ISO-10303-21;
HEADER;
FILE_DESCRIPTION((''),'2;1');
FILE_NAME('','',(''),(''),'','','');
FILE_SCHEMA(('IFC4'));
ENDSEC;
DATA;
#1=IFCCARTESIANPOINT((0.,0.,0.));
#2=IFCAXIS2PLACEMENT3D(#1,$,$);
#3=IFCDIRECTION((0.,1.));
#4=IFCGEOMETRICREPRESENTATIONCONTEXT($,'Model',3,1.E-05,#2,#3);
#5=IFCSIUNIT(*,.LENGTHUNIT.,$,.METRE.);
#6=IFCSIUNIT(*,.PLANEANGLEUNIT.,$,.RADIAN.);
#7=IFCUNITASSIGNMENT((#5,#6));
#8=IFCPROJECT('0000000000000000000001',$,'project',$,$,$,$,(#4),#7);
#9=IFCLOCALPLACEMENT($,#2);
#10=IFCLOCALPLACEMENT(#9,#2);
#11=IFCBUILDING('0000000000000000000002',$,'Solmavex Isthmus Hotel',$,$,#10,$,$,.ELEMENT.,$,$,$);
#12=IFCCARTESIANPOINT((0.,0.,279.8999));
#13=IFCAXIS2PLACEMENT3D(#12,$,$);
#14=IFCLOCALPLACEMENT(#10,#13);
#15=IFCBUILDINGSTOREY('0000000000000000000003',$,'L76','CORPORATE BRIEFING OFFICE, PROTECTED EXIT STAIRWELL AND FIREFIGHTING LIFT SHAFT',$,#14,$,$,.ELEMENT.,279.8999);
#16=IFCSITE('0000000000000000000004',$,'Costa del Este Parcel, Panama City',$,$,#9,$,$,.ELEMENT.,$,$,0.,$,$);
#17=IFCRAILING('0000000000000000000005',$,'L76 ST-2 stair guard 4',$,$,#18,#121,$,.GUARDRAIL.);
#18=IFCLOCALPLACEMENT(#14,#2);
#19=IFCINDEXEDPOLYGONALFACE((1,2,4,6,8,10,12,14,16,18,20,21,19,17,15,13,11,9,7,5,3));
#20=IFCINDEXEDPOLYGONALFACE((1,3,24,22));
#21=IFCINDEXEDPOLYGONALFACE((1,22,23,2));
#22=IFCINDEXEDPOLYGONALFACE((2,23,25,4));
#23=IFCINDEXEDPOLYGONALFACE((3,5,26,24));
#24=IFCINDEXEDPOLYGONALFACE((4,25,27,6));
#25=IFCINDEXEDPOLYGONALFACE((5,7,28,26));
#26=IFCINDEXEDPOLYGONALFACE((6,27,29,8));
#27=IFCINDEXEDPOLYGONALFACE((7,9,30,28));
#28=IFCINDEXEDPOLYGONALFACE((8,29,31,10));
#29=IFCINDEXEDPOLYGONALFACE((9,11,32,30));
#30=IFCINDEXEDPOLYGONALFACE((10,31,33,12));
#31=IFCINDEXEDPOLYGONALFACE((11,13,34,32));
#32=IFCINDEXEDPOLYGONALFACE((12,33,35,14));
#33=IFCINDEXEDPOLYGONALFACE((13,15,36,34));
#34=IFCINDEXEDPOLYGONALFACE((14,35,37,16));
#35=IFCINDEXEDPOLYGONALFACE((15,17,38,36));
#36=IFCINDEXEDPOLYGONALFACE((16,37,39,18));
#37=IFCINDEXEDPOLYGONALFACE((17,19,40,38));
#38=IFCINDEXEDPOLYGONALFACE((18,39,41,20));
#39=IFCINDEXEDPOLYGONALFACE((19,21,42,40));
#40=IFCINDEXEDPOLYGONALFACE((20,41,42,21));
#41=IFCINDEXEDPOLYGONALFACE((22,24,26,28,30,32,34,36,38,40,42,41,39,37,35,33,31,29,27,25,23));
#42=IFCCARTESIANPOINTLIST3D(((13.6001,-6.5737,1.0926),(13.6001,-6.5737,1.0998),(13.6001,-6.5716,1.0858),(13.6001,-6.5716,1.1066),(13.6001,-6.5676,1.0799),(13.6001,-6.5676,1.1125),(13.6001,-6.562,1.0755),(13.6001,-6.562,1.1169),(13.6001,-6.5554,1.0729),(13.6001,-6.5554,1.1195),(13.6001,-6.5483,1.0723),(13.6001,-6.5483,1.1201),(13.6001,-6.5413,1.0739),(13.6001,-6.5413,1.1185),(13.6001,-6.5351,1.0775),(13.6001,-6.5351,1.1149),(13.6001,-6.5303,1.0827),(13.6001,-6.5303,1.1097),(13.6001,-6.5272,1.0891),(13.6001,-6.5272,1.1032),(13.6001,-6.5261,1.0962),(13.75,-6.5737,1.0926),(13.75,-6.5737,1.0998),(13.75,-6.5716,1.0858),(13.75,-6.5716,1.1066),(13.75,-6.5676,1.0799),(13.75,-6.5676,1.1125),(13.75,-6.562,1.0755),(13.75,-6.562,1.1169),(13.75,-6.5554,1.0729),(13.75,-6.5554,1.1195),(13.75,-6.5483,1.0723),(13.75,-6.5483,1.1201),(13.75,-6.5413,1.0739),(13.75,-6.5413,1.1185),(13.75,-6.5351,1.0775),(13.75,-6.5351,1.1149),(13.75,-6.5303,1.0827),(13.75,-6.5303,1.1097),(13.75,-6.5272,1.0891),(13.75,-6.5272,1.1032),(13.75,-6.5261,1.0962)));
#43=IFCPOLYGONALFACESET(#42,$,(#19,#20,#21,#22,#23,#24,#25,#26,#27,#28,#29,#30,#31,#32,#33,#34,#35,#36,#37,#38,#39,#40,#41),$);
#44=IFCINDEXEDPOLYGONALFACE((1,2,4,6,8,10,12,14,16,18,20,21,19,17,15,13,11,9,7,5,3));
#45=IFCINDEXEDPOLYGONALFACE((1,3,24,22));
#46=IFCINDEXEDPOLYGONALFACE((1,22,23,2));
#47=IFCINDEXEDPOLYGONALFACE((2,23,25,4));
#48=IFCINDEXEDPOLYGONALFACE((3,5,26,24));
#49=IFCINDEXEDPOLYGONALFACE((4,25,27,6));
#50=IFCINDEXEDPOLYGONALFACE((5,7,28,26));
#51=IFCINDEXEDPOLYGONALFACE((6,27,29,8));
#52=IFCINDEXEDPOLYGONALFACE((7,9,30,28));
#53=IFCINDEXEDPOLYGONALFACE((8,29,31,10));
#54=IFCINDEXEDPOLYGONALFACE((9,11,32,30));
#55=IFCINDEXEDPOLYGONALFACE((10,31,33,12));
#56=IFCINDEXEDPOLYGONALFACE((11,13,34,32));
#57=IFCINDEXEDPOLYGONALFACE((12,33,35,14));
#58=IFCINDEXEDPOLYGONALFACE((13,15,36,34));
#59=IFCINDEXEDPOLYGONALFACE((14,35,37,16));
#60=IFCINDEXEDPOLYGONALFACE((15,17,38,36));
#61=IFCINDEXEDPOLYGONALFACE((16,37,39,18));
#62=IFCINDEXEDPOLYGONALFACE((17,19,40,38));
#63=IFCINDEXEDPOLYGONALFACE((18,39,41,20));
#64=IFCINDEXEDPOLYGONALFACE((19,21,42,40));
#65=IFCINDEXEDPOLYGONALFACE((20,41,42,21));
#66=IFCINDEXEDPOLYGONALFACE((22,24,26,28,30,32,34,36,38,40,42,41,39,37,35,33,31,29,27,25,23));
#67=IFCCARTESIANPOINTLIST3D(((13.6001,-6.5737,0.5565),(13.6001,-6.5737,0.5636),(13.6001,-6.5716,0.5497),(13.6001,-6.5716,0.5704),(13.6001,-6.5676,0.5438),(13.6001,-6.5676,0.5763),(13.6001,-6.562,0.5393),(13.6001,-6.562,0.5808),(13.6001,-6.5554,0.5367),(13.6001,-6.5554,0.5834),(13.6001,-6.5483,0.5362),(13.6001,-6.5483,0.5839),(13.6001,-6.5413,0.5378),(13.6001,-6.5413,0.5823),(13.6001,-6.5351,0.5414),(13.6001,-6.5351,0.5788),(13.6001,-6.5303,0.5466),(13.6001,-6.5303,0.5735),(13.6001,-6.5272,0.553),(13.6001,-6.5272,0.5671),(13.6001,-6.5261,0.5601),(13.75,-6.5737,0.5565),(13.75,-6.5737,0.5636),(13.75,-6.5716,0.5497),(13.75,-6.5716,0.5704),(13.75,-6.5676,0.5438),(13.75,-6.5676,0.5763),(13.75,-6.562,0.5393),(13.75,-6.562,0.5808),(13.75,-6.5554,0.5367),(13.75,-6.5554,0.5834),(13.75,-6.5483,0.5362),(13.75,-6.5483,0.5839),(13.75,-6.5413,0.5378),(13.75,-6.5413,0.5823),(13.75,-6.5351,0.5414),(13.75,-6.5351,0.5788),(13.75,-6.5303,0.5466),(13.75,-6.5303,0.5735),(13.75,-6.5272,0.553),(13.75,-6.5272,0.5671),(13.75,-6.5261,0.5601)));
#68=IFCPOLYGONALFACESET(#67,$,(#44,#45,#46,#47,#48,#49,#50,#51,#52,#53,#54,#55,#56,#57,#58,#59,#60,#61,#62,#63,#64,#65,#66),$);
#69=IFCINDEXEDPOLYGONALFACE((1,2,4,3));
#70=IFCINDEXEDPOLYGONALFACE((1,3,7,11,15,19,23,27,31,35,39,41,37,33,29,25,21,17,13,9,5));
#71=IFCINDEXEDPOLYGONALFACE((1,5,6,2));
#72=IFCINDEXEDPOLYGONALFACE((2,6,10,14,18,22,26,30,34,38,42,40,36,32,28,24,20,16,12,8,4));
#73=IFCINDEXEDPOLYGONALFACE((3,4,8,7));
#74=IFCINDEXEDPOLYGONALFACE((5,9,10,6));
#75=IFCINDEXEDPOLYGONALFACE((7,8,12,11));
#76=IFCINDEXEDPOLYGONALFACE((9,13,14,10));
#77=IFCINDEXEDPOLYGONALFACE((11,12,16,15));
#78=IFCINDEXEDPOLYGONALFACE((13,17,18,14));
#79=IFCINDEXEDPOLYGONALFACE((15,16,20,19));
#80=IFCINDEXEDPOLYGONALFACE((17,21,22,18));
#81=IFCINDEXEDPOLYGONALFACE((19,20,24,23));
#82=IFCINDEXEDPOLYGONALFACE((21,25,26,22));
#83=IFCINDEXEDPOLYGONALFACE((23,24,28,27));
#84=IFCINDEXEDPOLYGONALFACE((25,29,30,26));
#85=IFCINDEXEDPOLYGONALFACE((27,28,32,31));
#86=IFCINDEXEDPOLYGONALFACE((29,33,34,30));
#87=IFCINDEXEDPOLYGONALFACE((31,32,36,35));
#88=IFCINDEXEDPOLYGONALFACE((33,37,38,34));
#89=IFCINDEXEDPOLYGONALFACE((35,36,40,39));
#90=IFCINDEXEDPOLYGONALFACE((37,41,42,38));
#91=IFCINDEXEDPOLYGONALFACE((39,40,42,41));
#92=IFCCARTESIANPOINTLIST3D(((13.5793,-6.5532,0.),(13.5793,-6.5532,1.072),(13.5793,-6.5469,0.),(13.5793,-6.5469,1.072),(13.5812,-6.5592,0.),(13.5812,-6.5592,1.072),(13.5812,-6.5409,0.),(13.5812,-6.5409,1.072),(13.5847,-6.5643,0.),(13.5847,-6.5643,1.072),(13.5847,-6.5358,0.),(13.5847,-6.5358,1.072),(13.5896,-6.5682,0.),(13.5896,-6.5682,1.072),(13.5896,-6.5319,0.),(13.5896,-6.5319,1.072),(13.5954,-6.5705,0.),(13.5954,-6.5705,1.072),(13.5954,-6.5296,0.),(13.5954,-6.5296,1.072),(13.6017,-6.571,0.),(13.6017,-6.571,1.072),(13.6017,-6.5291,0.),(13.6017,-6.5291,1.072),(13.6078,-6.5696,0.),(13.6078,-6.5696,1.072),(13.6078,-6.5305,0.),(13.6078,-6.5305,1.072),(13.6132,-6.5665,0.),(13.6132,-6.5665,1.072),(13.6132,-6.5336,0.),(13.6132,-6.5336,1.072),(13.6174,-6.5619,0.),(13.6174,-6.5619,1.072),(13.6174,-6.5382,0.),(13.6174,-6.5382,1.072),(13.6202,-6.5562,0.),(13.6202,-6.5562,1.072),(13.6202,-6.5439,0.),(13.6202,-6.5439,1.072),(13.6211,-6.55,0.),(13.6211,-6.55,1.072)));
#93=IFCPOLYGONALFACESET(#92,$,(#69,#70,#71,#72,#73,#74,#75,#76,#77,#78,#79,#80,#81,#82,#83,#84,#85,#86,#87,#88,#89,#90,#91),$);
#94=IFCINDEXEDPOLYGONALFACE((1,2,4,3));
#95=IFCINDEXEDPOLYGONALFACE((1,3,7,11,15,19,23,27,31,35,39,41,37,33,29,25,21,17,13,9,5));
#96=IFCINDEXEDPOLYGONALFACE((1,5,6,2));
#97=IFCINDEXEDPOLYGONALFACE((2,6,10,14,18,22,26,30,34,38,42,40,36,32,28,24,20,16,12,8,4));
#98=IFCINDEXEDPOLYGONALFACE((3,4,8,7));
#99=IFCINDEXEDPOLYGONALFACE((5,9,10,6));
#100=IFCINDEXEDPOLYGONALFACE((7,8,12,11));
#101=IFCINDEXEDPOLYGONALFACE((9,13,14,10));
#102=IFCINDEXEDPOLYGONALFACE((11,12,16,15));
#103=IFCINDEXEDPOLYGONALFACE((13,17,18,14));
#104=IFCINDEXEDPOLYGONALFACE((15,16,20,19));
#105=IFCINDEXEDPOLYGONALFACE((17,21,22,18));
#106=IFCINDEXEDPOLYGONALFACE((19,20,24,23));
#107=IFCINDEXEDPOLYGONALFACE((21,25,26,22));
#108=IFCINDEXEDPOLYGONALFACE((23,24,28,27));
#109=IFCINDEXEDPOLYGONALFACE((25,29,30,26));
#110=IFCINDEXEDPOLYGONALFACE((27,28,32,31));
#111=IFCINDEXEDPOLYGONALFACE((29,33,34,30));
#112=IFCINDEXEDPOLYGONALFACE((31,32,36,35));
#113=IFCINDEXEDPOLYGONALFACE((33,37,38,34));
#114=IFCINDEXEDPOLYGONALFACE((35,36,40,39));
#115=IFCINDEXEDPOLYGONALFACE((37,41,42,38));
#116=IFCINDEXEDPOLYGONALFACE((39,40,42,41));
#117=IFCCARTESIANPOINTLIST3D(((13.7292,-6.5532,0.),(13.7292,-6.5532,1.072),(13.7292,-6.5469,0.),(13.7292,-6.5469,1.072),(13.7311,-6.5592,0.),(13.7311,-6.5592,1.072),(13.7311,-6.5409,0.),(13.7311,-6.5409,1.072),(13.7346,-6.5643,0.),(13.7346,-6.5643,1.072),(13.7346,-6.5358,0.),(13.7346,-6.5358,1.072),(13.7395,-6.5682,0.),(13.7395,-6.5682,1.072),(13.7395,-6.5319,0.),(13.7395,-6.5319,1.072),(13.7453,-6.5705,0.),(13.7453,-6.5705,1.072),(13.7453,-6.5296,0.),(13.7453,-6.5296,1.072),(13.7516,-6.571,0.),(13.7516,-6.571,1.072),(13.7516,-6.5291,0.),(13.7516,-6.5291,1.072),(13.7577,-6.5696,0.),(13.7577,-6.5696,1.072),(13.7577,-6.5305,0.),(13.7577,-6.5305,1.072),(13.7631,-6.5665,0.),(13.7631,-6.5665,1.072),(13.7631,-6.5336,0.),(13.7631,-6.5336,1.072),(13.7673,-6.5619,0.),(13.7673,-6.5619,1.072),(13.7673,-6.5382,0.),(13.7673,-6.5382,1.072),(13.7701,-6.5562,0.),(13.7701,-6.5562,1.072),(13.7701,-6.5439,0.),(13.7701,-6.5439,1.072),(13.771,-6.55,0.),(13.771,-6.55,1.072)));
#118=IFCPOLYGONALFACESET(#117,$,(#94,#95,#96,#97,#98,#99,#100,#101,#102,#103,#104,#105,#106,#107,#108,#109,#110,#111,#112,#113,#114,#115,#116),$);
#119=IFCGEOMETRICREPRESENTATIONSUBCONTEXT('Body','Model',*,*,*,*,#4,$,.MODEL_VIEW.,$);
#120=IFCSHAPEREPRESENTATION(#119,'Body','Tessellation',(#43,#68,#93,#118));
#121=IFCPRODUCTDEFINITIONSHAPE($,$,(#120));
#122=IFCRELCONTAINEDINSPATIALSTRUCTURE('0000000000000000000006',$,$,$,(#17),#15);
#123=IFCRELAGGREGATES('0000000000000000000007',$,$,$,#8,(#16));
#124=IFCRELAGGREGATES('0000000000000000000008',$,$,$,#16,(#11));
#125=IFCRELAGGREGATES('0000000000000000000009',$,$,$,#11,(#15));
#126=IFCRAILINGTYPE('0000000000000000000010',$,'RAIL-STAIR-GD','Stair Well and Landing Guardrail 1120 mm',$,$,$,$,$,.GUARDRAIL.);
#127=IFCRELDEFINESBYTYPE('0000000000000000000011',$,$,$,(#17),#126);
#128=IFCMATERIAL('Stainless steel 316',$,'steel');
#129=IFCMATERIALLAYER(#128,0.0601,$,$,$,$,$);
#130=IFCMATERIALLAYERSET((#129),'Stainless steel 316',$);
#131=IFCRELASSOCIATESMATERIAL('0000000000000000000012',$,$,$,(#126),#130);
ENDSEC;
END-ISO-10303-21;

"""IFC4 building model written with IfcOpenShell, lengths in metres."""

from ifc_helpers import new_model, si_unit, direction, frame, origin, origin_2d, place, context, subcontext, project, spatial, circle, extrude, material, layer, layer_set, type_object, element, save


model = new_model("IFC4")

# Units and contexts
model_context = context("Model", 3, precision=1e-05, world=origin(), true_north=direction((0.0, 1.0)))
body_context = subcontext(model_context, "Body", "Model", "MODEL_VIEW")
ifc_project = project(units=[si_unit("LENGTHUNIT", "METRE"), si_unit("PLANEANGLEUNIT", "RADIAN")], contexts=[model_context])

# Site, building, storey
site_placement = place(None, origin())
site = spatial("IfcSite", under=ifc_project, at=site_placement, Name="Costa del Este Parcel, Panama City", CompositionType="ELEMENT", RefElevation=0.0)
building_placement = place(site_placement, origin())
building = spatial("IfcBuilding", under=site, at=building_placement, Name="Solmavex Isthmus Hotel", CompositionType="ELEMENT")
storey_placement = place(building_placement, frame((0.0, 0.0, 279.8999)))
storey = spatial("IfcBuildingStorey", under=building, at=storey_placement, Name="L76", Description="CORPORATE BRIEFING OFFICE, PROTECTED EXIT STAIRWELL AND FIREFIGHTING LIFT SHAFT", CompositionType="ELEMENT", Elevation=279.8999)

# Shared definitions
ifc_material_1 = material(Name="Stainless steel 316", Category="steel")

# Railing
ifc_layer_1 = layer(ifc_material_1, 0.0601)
ifc_layer_set_1 = layer_set([ifc_layer_1], Name="Stainless steel 316")
railing_type_1 = type_object("IfcRailingType", Name="RAIL-STAIR-GD", Description="Stair Well and Landing Guardrail 1120 mm", PredefinedType="GUARDRAIL", material=ifc_layer_set_1)
railing_1_placement = place(storey_placement, frame((13.6001, -6.55, 0.0)))
element("IfcRailing", 1, at=railing_1_placement, inside=storey, type_object=railing_type_1, Name="L76 ST-2 stair guard 4", PredefinedType="GUARDRAIL", context=body_context, shape_type="SweptSolid", body=[
    extrude(circle(Radius=0.0239, at=origin_2d()), frame((0.0, 0.0, 1.0962), z_axis=(1.0, 0.0, 0.0), x_axis=(0.0, 1.0, 0.0)), (0.0, 0.0, 1.0), 0.1499),
    extrude(circle(Radius=0.0239, at=origin_2d()), frame((0.0, 0.0, 0.5601), z_axis=(1.0, 0.0, 0.0), x_axis=(0.0, 1.0, 0.0)), (0.0, 0.0, 1.0), 0.1499),
    extrude(circle(Radius=0.021, at=origin_2d()), origin(), (0.0, 0.0, 1.0), 1.072),
    extrude(circle(Radius=0.021, at=origin_2d()), frame((0.1499, 0.0, 0.0)), (0.0, 0.0, 1.0), 1.072),
])

save(model, "model.ifc")
